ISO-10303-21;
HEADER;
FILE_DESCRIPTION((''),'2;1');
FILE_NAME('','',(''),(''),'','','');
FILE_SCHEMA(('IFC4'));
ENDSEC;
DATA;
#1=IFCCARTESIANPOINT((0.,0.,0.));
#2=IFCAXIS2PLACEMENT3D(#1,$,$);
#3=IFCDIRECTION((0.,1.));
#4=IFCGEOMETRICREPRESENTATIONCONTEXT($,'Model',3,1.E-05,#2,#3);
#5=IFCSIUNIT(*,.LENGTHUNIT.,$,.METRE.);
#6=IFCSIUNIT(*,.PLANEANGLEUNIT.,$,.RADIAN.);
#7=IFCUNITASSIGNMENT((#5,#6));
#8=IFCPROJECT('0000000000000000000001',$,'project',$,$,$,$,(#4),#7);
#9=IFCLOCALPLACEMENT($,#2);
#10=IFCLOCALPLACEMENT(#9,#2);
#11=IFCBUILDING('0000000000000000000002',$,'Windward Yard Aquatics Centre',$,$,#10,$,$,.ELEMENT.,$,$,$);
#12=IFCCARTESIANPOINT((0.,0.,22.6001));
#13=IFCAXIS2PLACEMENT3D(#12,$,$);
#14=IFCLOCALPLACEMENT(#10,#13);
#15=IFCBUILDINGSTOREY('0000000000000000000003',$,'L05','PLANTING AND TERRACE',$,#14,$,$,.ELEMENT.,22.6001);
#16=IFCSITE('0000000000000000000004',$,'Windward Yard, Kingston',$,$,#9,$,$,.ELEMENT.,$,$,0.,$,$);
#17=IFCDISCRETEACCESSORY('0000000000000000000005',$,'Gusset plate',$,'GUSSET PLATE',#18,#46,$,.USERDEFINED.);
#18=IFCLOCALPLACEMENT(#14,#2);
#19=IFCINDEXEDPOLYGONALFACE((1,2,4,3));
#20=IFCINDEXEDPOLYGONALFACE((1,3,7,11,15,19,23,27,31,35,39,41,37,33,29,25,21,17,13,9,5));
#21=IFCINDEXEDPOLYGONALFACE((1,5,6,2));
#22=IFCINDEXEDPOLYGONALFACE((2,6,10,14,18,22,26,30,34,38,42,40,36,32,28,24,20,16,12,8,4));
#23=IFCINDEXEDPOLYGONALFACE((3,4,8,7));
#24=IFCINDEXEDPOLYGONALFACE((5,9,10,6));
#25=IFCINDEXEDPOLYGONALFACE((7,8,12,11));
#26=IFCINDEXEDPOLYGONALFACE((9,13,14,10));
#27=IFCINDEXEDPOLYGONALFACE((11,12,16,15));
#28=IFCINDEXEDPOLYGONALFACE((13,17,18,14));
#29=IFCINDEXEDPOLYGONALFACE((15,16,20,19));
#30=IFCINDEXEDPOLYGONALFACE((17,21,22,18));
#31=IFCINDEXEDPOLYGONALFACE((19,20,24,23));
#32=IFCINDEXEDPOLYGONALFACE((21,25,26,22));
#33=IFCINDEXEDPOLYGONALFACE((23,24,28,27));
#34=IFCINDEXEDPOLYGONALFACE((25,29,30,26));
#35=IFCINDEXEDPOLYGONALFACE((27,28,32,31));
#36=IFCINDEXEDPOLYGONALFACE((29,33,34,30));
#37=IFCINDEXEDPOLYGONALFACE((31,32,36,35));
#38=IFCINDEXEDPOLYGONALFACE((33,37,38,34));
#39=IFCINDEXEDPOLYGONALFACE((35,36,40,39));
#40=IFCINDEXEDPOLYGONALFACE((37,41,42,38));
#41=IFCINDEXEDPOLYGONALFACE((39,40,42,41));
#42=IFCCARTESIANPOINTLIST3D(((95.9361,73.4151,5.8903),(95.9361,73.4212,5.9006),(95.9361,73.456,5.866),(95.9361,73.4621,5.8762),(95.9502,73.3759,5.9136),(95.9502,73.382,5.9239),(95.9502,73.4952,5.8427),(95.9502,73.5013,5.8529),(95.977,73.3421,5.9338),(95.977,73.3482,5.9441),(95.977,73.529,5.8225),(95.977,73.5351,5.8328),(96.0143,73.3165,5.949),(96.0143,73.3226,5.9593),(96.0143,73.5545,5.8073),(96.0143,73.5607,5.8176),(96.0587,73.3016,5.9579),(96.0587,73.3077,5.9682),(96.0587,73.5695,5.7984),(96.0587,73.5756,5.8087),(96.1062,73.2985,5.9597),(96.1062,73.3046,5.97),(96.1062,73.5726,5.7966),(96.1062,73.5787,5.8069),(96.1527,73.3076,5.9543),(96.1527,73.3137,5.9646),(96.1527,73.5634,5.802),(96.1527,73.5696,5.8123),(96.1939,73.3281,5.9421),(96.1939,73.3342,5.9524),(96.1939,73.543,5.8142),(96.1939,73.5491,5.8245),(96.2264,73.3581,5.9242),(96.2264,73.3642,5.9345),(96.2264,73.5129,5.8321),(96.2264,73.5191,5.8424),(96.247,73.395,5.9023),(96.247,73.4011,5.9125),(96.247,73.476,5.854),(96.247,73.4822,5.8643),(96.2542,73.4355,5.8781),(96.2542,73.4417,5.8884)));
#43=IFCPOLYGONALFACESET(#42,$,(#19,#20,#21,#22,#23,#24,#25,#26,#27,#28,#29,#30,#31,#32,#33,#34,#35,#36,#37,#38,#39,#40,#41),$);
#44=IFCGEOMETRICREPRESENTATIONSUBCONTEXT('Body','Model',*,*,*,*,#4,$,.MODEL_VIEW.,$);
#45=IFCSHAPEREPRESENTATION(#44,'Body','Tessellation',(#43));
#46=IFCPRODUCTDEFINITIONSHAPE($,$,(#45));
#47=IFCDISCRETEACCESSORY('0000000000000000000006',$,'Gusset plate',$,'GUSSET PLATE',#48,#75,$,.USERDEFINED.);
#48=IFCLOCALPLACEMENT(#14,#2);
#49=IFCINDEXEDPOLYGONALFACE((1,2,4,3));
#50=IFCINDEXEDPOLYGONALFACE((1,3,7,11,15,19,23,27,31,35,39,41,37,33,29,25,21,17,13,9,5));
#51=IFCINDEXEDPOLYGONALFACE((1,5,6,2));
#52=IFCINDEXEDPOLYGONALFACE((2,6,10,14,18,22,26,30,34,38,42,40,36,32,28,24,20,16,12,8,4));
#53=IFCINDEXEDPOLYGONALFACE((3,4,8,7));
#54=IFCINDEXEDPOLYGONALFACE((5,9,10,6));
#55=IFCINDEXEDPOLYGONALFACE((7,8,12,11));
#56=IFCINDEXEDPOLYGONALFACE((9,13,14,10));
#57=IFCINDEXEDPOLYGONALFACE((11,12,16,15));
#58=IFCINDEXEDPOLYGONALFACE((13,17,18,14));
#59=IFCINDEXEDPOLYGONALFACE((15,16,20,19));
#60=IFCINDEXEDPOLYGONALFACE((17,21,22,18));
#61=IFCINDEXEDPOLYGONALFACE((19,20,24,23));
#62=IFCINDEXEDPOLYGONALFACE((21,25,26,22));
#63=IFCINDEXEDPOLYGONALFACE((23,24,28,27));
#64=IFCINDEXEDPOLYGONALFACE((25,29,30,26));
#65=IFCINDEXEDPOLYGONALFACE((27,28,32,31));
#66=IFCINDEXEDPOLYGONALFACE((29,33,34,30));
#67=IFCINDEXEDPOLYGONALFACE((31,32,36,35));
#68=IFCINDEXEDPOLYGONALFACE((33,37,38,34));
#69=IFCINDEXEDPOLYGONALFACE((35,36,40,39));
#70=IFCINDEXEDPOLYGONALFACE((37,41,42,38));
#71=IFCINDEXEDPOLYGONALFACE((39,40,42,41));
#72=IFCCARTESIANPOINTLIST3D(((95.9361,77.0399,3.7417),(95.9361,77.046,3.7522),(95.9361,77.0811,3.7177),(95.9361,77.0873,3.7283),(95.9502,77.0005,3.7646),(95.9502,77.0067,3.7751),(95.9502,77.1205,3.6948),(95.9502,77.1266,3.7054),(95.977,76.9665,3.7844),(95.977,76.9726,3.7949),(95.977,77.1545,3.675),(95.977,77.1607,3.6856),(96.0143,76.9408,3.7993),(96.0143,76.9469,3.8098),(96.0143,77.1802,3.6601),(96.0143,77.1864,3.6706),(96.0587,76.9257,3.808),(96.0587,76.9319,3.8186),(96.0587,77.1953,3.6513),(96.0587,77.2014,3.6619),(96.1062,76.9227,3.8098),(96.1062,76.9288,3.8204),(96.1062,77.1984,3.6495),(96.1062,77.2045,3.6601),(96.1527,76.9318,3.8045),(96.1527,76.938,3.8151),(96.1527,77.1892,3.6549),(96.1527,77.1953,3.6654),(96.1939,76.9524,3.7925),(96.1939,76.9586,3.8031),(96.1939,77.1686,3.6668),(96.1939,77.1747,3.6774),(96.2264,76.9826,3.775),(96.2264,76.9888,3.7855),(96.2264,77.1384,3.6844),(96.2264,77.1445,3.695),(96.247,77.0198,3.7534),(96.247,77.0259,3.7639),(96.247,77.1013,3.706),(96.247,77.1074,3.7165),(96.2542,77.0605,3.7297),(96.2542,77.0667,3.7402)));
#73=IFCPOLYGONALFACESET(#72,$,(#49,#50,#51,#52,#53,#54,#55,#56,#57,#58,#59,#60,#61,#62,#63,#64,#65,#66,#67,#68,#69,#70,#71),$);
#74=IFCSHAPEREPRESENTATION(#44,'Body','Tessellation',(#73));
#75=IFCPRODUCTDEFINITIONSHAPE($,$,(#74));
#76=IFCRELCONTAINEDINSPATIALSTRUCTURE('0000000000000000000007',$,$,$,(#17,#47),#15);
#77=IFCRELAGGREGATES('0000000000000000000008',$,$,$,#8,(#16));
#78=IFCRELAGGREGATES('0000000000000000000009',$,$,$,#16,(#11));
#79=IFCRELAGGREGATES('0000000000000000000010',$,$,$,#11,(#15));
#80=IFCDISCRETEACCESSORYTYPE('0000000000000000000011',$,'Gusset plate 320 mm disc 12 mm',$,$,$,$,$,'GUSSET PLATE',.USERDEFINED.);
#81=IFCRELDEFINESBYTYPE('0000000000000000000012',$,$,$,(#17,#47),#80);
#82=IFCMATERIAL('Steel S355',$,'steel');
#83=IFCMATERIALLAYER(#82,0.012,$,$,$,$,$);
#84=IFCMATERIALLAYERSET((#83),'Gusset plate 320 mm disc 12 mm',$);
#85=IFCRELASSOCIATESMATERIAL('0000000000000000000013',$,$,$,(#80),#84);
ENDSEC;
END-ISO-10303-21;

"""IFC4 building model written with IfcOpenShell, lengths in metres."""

from ifc_helpers import new_model, si_unit, direction, frame, origin, origin_2d, place, context, subcontext, project, spatial, circle, extrude, material, layer, layer_set, type_object, element, save


model = new_model("IFC4")

# Units and contexts
model_context = context("Model", 3, precision=1e-05, world=origin(), true_north=direction((0.0, 1.0)))
body_context = subcontext(model_context, "Body", "Model", "MODEL_VIEW")
ifc_project = project(units=[si_unit("LENGTHUNIT", "METRE"), si_unit("PLANEANGLEUNIT", "RADIAN")], contexts=[model_context])

# Site, building, storey
site_placement = place(None, origin())
site = spatial("IfcSite", under=ifc_project, at=site_placement, Name="Windward Yard, Kingston", CompositionType="ELEMENT", RefElevation=0.0)
building_placement = place(site_placement, origin())
building = spatial("IfcBuilding", under=site, at=building_placement, Name="Windward Yard Aquatics Centre", CompositionType="ELEMENT")
storey_placement = place(building_placement, frame((0.0, 0.0, 22.6001)))
storey = spatial("IfcBuildingStorey", under=building, at=storey_placement, Name="L05", Description="PLANTING AND TERRACE", CompositionType="ELEMENT", Elevation=22.6001)

# Discrete accessories
ifc_material_1 = material(Name="Steel S355", Category="steel")
ifc_layer = layer(ifc_material_1, 0.012)
ifc_layer_set = layer_set([ifc_layer], Name="Gusset plate 320 mm disc 12 mm")
discrete_accessory_type = type_object("IfcDiscreteAccessoryType", Name="Gusset plate 320 mm disc 12 mm", ElementType="GUSSET PLATE", PredefinedType="USERDEFINED", material=ifc_layer_set)
discrete_accessory_1_placement = place(storey_placement, frame((96.0942, 73.4417, 5.8884), z_axis=(0.0, -0.511484, -0.859293), x_axis=(1.0, 0.0, 0.0)))
element("IfcDiscreteAccessory", 1, at=discrete_accessory_1_placement, inside=storey, type_object=discrete_accessory_type, Name="Gusset plate", ObjectType="GUSSET PLATE", PredefinedType="USERDEFINED", context=body_context, shape_type="SweptSolid", body=[
    extrude(circle(Radius=0.1599, at=origin_2d()), origin(), (0.0, 0.0, 1.0), 0.012),
])
discrete_accessory_2_placement = place(storey_placement, frame((96.0942, 77.0667, 3.7402), z_axis=(0.0, -0.50262, -0.864507), x_axis=(1.0, 0.0, 0.0)))
element("IfcDiscreteAccessory", 2, at=discrete_accessory_2_placement, inside=storey, type_object=discrete_accessory_type, Name="Gusset plate", ObjectType="GUSSET PLATE", PredefinedType="USERDEFINED", context=body_context, shape_type="SweptSolid", body=[
    extrude(circle(Radius=0.1599, at=origin_2d()), origin(), (0.0, 0.0, 1.0), 0.0122),
])

save(model, "model.ifc")
